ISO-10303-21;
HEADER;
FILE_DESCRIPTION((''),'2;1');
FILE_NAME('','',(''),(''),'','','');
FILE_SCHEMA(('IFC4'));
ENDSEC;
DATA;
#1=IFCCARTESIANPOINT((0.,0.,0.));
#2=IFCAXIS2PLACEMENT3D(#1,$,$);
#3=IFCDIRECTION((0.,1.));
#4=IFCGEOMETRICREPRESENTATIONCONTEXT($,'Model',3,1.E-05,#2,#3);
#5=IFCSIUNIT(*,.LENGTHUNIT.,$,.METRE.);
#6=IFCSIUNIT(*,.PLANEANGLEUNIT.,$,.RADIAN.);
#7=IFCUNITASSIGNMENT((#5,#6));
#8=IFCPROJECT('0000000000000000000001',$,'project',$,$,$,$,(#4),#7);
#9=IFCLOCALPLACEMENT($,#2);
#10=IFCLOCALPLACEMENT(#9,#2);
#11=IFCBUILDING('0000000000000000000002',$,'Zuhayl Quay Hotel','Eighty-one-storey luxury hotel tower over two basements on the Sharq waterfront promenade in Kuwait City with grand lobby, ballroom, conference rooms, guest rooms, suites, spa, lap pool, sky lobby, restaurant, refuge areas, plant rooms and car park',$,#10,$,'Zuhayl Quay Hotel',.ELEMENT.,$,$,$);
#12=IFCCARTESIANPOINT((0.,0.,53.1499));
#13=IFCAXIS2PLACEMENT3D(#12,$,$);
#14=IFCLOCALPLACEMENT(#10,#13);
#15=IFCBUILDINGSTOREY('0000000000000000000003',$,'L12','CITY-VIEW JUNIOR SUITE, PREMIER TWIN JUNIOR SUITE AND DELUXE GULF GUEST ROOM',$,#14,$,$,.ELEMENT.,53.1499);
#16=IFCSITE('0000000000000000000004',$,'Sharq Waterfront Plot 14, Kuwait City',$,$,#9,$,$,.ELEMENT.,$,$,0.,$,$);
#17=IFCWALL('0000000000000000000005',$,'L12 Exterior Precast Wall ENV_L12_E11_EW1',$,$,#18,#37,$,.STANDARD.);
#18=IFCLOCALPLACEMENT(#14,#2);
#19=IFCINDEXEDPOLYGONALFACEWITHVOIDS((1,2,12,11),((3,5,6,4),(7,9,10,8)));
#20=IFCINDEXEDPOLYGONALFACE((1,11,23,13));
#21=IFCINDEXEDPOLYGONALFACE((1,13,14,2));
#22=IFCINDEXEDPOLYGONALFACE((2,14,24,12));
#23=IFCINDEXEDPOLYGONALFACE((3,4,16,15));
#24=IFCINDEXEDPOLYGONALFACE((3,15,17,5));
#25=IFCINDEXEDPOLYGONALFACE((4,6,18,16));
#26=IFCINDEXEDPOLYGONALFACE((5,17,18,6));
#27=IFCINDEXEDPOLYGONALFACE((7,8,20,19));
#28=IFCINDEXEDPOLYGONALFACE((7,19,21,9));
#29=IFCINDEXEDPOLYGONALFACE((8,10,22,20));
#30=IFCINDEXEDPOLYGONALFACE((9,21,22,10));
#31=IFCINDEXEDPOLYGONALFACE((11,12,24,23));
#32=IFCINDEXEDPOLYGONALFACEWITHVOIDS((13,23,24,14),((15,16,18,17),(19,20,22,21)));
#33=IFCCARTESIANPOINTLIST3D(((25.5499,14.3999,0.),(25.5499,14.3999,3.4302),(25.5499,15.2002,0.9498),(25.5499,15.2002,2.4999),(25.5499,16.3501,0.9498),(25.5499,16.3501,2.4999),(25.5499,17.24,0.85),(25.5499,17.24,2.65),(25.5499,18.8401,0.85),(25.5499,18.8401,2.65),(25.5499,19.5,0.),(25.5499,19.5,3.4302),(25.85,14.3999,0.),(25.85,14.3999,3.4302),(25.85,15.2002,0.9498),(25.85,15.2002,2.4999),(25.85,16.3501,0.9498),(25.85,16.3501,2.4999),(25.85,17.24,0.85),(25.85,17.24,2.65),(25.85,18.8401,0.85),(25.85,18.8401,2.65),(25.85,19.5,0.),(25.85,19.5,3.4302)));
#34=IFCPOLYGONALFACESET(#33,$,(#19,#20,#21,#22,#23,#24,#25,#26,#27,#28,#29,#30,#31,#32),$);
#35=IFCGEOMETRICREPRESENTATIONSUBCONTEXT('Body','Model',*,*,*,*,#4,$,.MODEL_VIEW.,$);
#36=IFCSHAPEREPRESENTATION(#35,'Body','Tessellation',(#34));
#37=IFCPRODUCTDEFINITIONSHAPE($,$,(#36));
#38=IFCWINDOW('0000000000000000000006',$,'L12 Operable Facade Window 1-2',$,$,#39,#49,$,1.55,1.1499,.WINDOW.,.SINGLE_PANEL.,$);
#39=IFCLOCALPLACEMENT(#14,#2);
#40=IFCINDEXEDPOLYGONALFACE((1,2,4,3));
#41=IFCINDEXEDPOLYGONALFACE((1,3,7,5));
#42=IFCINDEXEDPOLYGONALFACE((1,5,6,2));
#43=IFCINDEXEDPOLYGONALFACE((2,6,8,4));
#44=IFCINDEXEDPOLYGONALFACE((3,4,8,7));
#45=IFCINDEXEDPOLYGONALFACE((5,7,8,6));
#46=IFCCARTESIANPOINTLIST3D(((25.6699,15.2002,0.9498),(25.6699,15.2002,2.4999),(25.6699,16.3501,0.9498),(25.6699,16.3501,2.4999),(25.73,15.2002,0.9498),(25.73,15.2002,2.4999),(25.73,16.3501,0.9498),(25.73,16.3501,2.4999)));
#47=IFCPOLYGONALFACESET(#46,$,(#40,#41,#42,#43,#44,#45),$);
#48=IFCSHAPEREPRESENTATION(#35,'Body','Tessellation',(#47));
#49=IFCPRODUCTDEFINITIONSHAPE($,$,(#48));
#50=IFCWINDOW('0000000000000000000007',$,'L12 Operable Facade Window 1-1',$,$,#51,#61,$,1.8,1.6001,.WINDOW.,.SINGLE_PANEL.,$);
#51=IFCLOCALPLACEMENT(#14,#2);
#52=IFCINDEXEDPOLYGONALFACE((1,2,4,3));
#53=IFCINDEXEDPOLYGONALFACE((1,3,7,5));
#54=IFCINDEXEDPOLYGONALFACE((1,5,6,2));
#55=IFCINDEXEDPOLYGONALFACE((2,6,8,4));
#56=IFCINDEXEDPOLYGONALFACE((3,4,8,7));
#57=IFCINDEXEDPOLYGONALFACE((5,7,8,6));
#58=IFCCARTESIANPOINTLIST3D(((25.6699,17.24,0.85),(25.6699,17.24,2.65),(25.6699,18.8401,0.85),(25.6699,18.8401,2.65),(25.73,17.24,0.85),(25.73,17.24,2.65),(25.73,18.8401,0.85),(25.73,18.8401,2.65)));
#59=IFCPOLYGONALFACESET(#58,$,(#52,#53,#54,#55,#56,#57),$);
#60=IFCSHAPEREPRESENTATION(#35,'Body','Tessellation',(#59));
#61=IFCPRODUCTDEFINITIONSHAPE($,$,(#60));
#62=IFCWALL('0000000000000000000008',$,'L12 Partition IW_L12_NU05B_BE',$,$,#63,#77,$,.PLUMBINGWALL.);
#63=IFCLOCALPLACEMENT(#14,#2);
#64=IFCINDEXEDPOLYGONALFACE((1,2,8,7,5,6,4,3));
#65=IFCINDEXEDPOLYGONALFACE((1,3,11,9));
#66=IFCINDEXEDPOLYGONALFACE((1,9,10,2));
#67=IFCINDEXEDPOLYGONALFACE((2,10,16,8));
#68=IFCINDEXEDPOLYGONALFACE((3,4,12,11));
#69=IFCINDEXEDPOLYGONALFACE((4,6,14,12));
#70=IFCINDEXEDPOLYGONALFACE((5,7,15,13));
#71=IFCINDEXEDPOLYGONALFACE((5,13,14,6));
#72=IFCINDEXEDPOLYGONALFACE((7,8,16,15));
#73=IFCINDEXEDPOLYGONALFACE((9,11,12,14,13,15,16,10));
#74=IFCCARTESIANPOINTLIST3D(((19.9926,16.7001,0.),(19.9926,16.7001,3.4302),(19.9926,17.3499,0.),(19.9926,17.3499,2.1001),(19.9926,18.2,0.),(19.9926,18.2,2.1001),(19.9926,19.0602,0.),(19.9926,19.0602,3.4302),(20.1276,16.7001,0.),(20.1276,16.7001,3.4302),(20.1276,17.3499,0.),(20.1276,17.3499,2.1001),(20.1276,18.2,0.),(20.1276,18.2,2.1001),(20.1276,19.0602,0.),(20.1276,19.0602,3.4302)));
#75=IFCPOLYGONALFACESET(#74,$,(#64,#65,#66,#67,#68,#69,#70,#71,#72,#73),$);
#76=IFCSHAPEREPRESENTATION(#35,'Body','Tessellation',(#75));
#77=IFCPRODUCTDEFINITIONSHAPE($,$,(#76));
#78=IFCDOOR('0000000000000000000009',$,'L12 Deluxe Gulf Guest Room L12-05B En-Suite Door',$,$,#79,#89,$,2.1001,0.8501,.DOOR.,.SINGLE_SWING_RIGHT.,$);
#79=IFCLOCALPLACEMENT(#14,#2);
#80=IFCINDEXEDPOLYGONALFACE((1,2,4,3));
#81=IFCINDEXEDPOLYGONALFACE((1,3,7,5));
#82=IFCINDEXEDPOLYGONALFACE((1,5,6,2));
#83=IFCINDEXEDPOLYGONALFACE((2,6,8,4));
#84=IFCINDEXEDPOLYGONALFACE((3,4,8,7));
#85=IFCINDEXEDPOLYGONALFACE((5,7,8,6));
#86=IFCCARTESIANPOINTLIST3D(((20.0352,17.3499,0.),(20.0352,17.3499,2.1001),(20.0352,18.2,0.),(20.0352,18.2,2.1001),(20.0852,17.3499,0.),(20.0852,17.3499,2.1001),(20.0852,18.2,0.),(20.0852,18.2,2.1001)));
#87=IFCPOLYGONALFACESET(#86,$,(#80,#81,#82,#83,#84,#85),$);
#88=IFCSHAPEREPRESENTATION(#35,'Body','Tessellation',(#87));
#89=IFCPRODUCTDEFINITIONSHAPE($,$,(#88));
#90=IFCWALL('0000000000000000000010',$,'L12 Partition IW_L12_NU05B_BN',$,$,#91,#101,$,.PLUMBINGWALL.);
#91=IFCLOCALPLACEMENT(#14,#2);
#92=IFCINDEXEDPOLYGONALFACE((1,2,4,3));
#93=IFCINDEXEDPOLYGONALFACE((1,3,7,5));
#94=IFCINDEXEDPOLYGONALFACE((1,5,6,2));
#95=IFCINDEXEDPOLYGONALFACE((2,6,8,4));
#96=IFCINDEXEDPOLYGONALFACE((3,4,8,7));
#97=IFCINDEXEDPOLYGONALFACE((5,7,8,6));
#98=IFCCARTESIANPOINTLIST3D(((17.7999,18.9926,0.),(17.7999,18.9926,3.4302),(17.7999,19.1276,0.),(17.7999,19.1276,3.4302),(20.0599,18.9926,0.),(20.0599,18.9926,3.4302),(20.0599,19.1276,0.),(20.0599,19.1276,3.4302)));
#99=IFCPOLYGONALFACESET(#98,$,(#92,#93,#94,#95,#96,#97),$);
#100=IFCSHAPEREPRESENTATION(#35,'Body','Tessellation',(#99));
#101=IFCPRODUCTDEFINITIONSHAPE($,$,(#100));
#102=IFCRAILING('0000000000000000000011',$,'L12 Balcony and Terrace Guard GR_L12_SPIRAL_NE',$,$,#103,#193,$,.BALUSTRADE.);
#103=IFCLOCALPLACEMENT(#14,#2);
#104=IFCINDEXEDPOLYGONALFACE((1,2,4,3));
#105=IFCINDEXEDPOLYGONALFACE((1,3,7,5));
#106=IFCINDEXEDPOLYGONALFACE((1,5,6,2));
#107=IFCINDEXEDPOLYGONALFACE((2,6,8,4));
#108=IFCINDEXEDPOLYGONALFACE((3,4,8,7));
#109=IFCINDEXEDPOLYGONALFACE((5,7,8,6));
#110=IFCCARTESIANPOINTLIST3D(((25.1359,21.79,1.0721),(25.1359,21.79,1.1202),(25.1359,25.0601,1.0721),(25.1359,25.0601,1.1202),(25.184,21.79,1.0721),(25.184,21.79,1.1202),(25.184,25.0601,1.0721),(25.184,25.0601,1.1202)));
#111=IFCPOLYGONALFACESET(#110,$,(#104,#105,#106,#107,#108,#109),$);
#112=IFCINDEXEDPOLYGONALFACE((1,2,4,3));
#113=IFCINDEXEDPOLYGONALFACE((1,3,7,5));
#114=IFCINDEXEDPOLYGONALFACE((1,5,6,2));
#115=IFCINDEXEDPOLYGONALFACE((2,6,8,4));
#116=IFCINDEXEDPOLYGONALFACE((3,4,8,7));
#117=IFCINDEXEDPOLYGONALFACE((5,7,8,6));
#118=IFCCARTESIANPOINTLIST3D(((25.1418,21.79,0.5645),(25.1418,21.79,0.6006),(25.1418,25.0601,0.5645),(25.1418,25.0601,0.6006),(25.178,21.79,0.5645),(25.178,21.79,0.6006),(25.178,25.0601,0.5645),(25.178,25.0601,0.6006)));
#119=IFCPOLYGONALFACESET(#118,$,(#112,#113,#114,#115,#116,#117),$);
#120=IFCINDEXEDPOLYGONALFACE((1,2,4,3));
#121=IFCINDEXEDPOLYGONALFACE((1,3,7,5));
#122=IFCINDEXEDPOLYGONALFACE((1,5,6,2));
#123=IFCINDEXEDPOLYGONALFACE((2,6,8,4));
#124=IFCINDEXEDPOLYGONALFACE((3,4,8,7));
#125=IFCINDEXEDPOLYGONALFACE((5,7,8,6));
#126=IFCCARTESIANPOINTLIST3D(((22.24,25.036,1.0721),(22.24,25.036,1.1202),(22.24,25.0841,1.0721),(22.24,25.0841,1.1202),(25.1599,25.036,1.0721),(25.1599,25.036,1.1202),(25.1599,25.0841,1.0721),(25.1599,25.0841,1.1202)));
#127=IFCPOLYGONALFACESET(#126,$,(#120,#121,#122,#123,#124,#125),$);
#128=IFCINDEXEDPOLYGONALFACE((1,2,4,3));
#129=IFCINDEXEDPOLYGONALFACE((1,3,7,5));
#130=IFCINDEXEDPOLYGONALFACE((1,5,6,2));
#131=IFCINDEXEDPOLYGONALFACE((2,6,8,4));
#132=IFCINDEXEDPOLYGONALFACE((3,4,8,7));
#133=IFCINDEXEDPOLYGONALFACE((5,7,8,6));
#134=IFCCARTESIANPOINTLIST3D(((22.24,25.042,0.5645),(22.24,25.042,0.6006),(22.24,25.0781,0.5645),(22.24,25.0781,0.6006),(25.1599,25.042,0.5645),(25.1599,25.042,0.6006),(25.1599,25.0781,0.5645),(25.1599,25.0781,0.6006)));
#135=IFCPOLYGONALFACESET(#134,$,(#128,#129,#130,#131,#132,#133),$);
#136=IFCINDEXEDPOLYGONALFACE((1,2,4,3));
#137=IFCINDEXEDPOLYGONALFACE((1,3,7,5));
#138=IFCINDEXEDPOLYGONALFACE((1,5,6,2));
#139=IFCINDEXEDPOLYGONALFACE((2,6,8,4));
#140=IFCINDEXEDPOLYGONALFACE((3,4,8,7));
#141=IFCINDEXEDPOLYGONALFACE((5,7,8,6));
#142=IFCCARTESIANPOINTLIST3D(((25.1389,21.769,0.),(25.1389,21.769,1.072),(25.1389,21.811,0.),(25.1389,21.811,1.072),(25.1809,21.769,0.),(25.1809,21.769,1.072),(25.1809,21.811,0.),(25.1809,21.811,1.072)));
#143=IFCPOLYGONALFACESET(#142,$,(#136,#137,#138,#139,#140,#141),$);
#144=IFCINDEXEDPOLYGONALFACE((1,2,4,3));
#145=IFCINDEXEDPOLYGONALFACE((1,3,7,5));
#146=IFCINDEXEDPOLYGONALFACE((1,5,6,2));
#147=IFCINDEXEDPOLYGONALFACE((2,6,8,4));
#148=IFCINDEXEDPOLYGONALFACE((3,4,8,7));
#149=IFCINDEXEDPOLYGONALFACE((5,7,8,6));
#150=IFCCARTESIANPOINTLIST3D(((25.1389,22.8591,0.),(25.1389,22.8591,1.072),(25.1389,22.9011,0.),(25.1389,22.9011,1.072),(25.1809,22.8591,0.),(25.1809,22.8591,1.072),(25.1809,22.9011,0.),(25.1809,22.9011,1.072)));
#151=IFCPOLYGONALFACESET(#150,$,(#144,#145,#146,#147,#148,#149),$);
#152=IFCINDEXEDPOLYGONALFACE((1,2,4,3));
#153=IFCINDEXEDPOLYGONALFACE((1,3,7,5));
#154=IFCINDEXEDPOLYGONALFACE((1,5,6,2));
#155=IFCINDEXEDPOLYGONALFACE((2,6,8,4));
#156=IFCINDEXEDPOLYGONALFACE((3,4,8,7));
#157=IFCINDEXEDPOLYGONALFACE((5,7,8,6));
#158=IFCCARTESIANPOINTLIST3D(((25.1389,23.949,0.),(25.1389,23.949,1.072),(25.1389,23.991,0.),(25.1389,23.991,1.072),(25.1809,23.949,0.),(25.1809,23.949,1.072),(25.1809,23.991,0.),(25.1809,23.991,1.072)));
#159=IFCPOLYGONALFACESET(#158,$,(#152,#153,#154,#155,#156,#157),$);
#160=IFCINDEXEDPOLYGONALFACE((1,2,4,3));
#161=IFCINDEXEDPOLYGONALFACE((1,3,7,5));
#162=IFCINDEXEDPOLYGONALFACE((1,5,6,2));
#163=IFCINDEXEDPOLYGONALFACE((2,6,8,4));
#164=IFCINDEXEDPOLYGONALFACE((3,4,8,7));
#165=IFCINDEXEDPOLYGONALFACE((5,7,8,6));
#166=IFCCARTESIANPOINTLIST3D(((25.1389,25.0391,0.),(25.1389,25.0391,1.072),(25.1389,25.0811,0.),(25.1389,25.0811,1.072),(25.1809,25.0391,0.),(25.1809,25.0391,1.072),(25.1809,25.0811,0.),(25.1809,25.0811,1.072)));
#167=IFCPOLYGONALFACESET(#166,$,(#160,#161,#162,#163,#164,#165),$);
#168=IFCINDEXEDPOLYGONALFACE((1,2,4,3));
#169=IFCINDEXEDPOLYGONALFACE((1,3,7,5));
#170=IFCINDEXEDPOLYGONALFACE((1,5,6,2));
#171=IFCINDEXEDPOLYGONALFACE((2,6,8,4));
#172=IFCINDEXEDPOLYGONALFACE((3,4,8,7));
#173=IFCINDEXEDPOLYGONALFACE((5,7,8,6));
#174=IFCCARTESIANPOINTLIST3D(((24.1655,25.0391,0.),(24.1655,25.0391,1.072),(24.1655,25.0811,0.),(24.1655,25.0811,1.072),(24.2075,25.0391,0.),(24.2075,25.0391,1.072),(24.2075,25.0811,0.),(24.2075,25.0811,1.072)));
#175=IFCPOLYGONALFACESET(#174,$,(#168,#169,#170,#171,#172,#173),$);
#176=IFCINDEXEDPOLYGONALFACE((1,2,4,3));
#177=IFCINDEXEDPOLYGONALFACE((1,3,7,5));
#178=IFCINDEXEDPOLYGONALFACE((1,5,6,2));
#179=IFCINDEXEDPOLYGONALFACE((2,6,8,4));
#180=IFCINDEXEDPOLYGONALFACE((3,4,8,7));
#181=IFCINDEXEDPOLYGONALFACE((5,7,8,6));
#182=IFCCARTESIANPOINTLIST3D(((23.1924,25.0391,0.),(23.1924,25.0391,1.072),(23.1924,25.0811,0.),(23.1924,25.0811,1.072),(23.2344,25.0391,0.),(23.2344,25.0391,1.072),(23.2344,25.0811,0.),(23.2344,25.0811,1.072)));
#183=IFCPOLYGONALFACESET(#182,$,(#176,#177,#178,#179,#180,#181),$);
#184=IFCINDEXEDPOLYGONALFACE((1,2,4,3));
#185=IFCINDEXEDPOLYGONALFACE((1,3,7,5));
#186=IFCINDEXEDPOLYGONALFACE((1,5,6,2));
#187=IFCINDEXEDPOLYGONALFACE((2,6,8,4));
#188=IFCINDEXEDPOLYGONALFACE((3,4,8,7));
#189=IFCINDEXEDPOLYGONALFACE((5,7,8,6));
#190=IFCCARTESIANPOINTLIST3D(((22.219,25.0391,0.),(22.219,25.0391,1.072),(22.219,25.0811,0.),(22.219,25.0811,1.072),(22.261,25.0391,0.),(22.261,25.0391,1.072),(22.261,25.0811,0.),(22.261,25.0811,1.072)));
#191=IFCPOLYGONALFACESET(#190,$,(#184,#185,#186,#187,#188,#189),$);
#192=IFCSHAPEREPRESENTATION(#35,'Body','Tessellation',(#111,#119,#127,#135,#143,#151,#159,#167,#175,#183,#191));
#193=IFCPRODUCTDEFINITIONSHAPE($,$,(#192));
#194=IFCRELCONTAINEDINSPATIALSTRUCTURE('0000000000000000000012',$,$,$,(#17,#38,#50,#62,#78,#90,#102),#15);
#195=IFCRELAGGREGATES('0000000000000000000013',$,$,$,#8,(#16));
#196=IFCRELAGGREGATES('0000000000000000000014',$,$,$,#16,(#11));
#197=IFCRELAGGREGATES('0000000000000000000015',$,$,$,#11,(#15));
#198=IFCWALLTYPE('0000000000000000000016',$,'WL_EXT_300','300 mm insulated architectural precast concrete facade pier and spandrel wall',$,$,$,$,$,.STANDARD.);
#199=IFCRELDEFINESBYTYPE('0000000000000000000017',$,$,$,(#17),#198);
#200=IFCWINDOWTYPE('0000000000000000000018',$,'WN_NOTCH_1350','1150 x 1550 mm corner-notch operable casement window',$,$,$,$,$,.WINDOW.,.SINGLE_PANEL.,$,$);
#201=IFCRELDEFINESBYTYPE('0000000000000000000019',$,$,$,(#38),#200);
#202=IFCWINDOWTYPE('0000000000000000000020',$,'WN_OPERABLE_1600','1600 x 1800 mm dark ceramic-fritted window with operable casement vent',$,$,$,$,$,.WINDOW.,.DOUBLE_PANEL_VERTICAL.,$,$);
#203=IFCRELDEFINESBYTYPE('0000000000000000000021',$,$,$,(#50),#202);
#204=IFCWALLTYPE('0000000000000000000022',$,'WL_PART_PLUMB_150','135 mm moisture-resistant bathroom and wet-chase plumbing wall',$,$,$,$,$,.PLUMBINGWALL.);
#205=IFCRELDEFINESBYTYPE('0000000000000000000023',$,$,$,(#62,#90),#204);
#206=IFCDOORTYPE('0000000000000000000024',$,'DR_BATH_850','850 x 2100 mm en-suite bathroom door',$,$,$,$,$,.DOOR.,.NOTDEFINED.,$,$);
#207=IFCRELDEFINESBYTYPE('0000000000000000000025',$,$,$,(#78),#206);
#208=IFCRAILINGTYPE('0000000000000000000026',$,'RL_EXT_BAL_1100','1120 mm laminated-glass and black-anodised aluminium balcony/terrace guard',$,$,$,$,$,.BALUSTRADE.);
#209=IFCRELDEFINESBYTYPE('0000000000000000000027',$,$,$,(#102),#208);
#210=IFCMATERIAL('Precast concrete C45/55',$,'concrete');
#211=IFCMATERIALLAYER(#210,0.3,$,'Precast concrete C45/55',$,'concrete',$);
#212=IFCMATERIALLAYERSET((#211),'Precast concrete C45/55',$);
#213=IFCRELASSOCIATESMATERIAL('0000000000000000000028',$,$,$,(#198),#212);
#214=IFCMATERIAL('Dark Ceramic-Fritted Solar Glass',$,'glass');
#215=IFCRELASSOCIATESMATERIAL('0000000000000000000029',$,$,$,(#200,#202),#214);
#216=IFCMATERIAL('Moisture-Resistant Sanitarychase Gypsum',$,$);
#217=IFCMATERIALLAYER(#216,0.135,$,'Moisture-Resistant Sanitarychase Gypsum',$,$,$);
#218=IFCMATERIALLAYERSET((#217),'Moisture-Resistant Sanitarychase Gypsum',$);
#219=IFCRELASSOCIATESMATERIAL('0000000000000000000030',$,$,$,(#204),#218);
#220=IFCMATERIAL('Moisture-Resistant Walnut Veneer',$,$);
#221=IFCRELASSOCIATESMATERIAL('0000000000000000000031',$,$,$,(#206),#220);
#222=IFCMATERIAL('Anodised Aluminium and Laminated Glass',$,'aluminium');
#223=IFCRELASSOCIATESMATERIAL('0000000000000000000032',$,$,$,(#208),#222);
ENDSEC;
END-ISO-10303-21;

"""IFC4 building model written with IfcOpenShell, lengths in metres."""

from ifc_helpers import new_model, si_unit, direction, frame, frame_2d, origin, origin_2d, place, context, subcontext, project, spatial, rectangle, extrude, material, layer, layer_set, type_object, element, fill, save


model = new_model("IFC4")

# Units and contexts
model_context = context("Model", 3, precision=1e-05, world=origin(), true_north=direction((0.0, 1.0)))
body_context = subcontext(model_context, "Body", "Model", "MODEL_VIEW")
ifc_project = project(units=[si_unit("LENGTHUNIT", "METRE"), si_unit("PLANEANGLEUNIT", "RADIAN")], contexts=[model_context])

# Site, building, storey
site_placement = place(None, origin())
site = spatial("IfcSite", under=ifc_project, at=site_placement, Name="Sharq Waterfront Plot 14, Kuwait City", CompositionType="ELEMENT", RefElevation=0.0)
building_placement = place(site_placement, origin())
building = spatial("IfcBuilding", under=site, at=building_placement, Name="Zuhayl Quay Hotel", Description="Eighty-one-storey luxury hotel tower over two basements on the Sharq waterfront promenade in Kuwait City with grand lobby, ballroom, conference rooms, guest rooms, suites, spa, lap pool, sky lobby, restaurant, refuge areas, plant rooms and car park", LongName="Zuhayl Quay Hotel", CompositionType="ELEMENT")
storey_placement = place(building_placement, frame((0.0, 0.0, 53.1499)))
storey = spatial("IfcBuildingStorey", under=building, at=storey_placement, Name="L12", Description="CITY-VIEW JUNIOR SUITE, PREMIER TWIN JUNIOR SUITE AND DELUXE GULF GUEST ROOM", CompositionType="ELEMENT", Elevation=53.1499)

# Shared definitions
ifc_material_1 = material(Name="Dark Ceramic-Fritted Solar Glass", Category="glass")

# Shared definitions
ifc_material_2 = material(Name="Precast concrete C45/55", Category="concrete")
ifc_layer_1 = layer(ifc_material_2, 0.3, Name="Precast concrete C45/55", Category="concrete")
ifc_layer_set_1 = layer_set([ifc_layer_1], Name="Precast concrete C45/55")
wall_type_1 = type_object("IfcWallType", Name="WL_EXT_300", Description="300 mm insulated architectural precast concrete facade pier and spandrel wall", PredefinedType="STANDARD", material=ifc_layer_set_1)

# Shared definitions
window_type_1 = type_object("IfcWindowType", Name="WN_NOTCH_1350", Description="1150 x 1550 mm corner-notch operable casement window", PartitioningType="SINGLE_PANEL", PredefinedType="WINDOW", material=ifc_material_1)

# Wall, openings, windows
wall_1_placement = place(storey_placement, frame((25.7, 19.5, 0.0), z_axis=(0.0, 0.0, 1.0), x_axis=(0.0, -1.0, 0.0)))
wall_1 = element("IfcWall", 1, at=wall_1_placement, inside=storey, type_object=wall_type_1, Name="L12 Exterior Precast Wall ENV_L12_E11_EW1", PredefinedType="STANDARD", context=body_context, shape_type="SweptSolid", body=[
    extrude(rectangle(XDim=5.1001, YDim=0.3, at=frame_2d((2.55, 0.0))), origin(), (0.0, 0.0, 1.0), 3.4302),
])
opening_1_placement = place(wall_1_placement, frame((0.6599, 0.0, 0.8501)))
opening_1 = element("IfcOpeningElement", 2, at=opening_1_placement, cuts=wall_1, PredefinedType="OPENING", context=body_context, shape_type="SweptSolid", body=[
    extrude(rectangle(XDim=1.6001, YDim=1.8, at=frame_2d((0.8, 0.8999))), frame((0.0, 0.1599, 0.0), z_axis=(0.0, -1.0, 0.0), x_axis=(1.0, 0.0, 0.0)), (0.0, 0.0, 1.0), 0.3201),
])
opening_2_placement = place(wall_1_placement, frame((3.1499, 0.0, 0.95)))
opening_2 = element("IfcOpeningElement", 3, at=opening_2_placement, cuts=wall_1, PredefinedType="OPENING", context=body_context, shape_type="SweptSolid", body=[
    extrude(rectangle(XDim=1.1499, YDim=1.55, at=frame_2d((0.575, 0.7749))), frame((0.0, 0.1599, 0.0), z_axis=(0.0, -1.0, 0.0), x_axis=(1.0, 0.0, 0.0)), (0.0, 0.0, 1.0), 0.3201),
])
window_1_placement = place(opening_2_placement, origin())
window_1 = element("IfcWindow", 4, at=window_1_placement, inside=storey, type_object=window_type_1, Name="L12 Operable Facade Window 1-2", OverallHeight=1.55, OverallWidth=1.1499, PartitioningType="SINGLE_PANEL", PredefinedType="WINDOW", context=body_context, shape_type="SweptSolid", body=[
    extrude(rectangle(XDim=1.1499, YDim=1.55, at=frame_2d((0.575, 0.7749))), frame((0.0, 0.03, 0.0), z_axis=(0.0, -1.0, 0.0), x_axis=(1.0, 0.0, 0.0)), (0.0, 0.0, 1.0), 0.0601),
])
fill(opening_2, window_1)
window_type_2 = type_object("IfcWindowType", Name="WN_OPERABLE_1600", Description="1600 x 1800 mm dark ceramic-fritted window with operable casement vent", PartitioningType="DOUBLE_PANEL_VERTICAL", PredefinedType="WINDOW", material=ifc_material_1)
window_2_placement = place(opening_1_placement, origin())
window_2 = element("IfcWindow", 5, at=window_2_placement, inside=storey, type_object=window_type_2, Name="L12 Operable Facade Window 1-1", OverallHeight=1.8, OverallWidth=1.6001, PartitioningType="SINGLE_PANEL", PredefinedType="WINDOW", context=body_context, shape_type="SweptSolid", body=[
    extrude(rectangle(XDim=1.6001, YDim=1.8, at=frame_2d((0.8, 0.8999))), frame((0.0, 0.03, 0.0), z_axis=(0.0, -1.0, 0.0), x_axis=(1.0, 0.0, 0.0)), (0.0, 0.0, 1.0), 0.0601),
])
fill(opening_1, window_2)

# Wall, opening, door
ifc_material_3 = material(Name="Moisture-Resistant Sanitarychase Gypsum")
ifc_layer_2 = layer(ifc_material_3, 0.135, Name="Moisture-Resistant Sanitarychase Gypsum")
ifc_layer_set_2 = layer_set([ifc_layer_2], Name="Moisture-Resistant Sanitarychase Gypsum")
wall_type_2 = type_object("IfcWallType", Name="WL_PART_PLUMB_150", Description="135 mm moisture-resistant bathroom and wet-chase plumbing wall", PredefinedType="PLUMBINGWALL", material=ifc_layer_set_2)
wall_2_placement = place(storey_placement, frame((20.0601, 16.7, 0.0), z_axis=(0.0, 0.0, 1.0), x_axis=(0.0, 1.0, 0.0)))
wall_2 = element("IfcWall", 6, at=wall_2_placement, inside=storey, type_object=wall_type_2, Name="L12 Partition IW_L12_NU05B_BE", PredefinedType="PLUMBINGWALL", context=body_context, shape_type="SweptSolid", body=[
    extrude(rectangle(XDim=2.3601, YDim=0.135, at=frame_2d((1.1802, 0.0))), origin(), (0.0, 0.0, 1.0), 3.4302),
])
opening_3_placement = place(wall_2_placement, frame((0.6499, 0.0, 0.0)))
opening_3 = element("IfcOpeningElement", 7, at=opening_3_placement, cuts=wall_2, PredefinedType="OPENING", context=body_context, shape_type="SweptSolid", body=[
    extrude(rectangle(XDim=0.8501, YDim=2.1001, at=frame_2d((0.425, 1.05))), frame((0.0, 0.0774, 0.0), z_axis=(0.0, -1.0, 0.0), x_axis=(1.0, 0.0, 0.0)), (0.0, 0.0, 1.0), 0.155),
])
ifc_material_4 = material(Name="Moisture-Resistant Walnut Veneer")
door_type_1 = type_object("IfcDoorType", Name="DR_BATH_850", Description="850 x 2100 mm en-suite bathroom door", OperationType="NOTDEFINED", PredefinedType="DOOR", material=ifc_material_4)
door_1_placement = place(opening_3_placement, origin())
door_1 = element("IfcDoor", 8, at=door_1_placement, inside=storey, type_object=door_type_1, Name="L12 Deluxe Gulf Guest Room L12-05B En-Suite Door", OperationType="SINGLE_SWING_RIGHT", OverallHeight=2.1001, OverallWidth=0.8501, PredefinedType="DOOR", context=body_context, shape_type="SweptSolid", body=[
    extrude(rectangle(XDim=0.8501, YDim=2.1001, at=frame_2d((0.425, 1.05))), frame((0.0, 0.0249, 0.0), z_axis=(0.0, -1.0, 0.0), x_axis=(1.0, 0.0, 0.0)), (0.0, 0.0, 1.0), 0.05),
])
fill(opening_3, door_1)

# Wall
wall_3_placement = place(storey_placement, frame((17.8, 19.0601, 0.0), z_axis=(0.0, 0.0, 1.0), x_axis=(1.0, 0.0, 0.0)))
element("IfcWall", 9, at=wall_3_placement, inside=storey, type_object=wall_type_2, Name="L12 Partition IW_L12_NU05B_BN", PredefinedType="PLUMBINGWALL", context=body_context, shape_type="SweptSolid", body=[
    extrude(rectangle(XDim=2.26, YDim=0.135, at=frame_2d((1.1299, 0.0))), origin(), (0.0, 0.0, 1.0), 3.4302),
])

# Railing
ifc_material_5 = material(Name="Anodised Aluminium and Laminated Glass", Category="aluminium")
railing_type = type_object("IfcRailingType", Name="RL_EXT_BAL_1100", Description="1120 mm laminated-glass and black-anodised aluminium balcony/terrace guard", PredefinedType="BALUSTRADE", material=ifc_material_5)
railing_placement = place(storey_placement, frame((25.1599, 21.79, 0.0)))
element("IfcRailing", 10, at=railing_placement, inside=storey, type_object=railing_type, Name="L12 Balcony and Terrace Guard GR_L12_SPIRAL_NE", PredefinedType="BALUSTRADE", context=body_context, shape_type="SweptSolid", body=[
    extrude(rectangle(XDim=0.0481, YDim=0.0481, at=origin_2d()), frame((0.0, 0.0, 1.0962), z_axis=(0.0, 1.0, 0.0), x_axis=(-1.0, 0.0, 0.0)), (0.0, 0.0, 1.0), 3.27),
    extrude(rectangle(XDim=0.0361, YDim=0.0361, at=origin_2d()), frame((0.0, 0.0, 0.5825), z_axis=(0.0, 1.0, 0.0), x_axis=(-1.0, 0.0, 0.0)), (0.0, 0.0, 1.0), 3.27),
    extrude(rectangle(XDim=0.0481, YDim=0.0481, at=origin_2d()), frame((0.0, 3.27, 1.0962), z_axis=(-1.0, 0.0, 0.0), x_axis=(0.0, -1.0, 0.0)), (0.0, 0.0, 1.0), 2.9199),
    extrude(rectangle(XDim=0.0361, YDim=0.0361, at=origin_2d()), frame((0.0, 3.27, 0.5825), z_axis=(-1.0, 0.0, 0.0), x_axis=(0.0, -1.0, 0.0)), (0.0, 0.0, 1.0), 2.9199),
    extrude(rectangle(XDim=0.042, YDim=0.042, at=origin_2d()), origin(), (0.0, 0.0, 1.0), 1.072),
    extrude(rectangle(XDim=0.042, YDim=0.042, at=origin_2d()), frame((0.0, 1.0901, 0.0)), (0.0, 0.0, 1.0), 1.072),
    extrude(rectangle(XDim=0.042, YDim=0.042, at=origin_2d()), frame((0.0, 2.1799, 0.0)), (0.0, 0.0, 1.0), 1.072),
    extrude(rectangle(XDim=0.042, YDim=0.042, at=origin_2d()), frame((0.0, 3.27, 0.0)), (0.0, 0.0, 1.0), 1.072),
    extrude(rectangle(XDim=0.042, YDim=0.042, at=origin_2d()), frame((-0.9734, 3.27, 0.0)), (0.0, 0.0, 1.0), 1.072),
    extrude(rectangle(XDim=0.042, YDim=0.042, at=origin_2d()), frame((-1.9465, 3.27, 0.0)), (0.0, 0.0, 1.0), 1.072),
    extrude(rectangle(XDim=0.042, YDim=0.042, at=origin_2d()), frame((-2.9199, 3.27, 0.0)), (0.0, 0.0, 1.0), 1.072),
])

save(model, "model.ifc")
